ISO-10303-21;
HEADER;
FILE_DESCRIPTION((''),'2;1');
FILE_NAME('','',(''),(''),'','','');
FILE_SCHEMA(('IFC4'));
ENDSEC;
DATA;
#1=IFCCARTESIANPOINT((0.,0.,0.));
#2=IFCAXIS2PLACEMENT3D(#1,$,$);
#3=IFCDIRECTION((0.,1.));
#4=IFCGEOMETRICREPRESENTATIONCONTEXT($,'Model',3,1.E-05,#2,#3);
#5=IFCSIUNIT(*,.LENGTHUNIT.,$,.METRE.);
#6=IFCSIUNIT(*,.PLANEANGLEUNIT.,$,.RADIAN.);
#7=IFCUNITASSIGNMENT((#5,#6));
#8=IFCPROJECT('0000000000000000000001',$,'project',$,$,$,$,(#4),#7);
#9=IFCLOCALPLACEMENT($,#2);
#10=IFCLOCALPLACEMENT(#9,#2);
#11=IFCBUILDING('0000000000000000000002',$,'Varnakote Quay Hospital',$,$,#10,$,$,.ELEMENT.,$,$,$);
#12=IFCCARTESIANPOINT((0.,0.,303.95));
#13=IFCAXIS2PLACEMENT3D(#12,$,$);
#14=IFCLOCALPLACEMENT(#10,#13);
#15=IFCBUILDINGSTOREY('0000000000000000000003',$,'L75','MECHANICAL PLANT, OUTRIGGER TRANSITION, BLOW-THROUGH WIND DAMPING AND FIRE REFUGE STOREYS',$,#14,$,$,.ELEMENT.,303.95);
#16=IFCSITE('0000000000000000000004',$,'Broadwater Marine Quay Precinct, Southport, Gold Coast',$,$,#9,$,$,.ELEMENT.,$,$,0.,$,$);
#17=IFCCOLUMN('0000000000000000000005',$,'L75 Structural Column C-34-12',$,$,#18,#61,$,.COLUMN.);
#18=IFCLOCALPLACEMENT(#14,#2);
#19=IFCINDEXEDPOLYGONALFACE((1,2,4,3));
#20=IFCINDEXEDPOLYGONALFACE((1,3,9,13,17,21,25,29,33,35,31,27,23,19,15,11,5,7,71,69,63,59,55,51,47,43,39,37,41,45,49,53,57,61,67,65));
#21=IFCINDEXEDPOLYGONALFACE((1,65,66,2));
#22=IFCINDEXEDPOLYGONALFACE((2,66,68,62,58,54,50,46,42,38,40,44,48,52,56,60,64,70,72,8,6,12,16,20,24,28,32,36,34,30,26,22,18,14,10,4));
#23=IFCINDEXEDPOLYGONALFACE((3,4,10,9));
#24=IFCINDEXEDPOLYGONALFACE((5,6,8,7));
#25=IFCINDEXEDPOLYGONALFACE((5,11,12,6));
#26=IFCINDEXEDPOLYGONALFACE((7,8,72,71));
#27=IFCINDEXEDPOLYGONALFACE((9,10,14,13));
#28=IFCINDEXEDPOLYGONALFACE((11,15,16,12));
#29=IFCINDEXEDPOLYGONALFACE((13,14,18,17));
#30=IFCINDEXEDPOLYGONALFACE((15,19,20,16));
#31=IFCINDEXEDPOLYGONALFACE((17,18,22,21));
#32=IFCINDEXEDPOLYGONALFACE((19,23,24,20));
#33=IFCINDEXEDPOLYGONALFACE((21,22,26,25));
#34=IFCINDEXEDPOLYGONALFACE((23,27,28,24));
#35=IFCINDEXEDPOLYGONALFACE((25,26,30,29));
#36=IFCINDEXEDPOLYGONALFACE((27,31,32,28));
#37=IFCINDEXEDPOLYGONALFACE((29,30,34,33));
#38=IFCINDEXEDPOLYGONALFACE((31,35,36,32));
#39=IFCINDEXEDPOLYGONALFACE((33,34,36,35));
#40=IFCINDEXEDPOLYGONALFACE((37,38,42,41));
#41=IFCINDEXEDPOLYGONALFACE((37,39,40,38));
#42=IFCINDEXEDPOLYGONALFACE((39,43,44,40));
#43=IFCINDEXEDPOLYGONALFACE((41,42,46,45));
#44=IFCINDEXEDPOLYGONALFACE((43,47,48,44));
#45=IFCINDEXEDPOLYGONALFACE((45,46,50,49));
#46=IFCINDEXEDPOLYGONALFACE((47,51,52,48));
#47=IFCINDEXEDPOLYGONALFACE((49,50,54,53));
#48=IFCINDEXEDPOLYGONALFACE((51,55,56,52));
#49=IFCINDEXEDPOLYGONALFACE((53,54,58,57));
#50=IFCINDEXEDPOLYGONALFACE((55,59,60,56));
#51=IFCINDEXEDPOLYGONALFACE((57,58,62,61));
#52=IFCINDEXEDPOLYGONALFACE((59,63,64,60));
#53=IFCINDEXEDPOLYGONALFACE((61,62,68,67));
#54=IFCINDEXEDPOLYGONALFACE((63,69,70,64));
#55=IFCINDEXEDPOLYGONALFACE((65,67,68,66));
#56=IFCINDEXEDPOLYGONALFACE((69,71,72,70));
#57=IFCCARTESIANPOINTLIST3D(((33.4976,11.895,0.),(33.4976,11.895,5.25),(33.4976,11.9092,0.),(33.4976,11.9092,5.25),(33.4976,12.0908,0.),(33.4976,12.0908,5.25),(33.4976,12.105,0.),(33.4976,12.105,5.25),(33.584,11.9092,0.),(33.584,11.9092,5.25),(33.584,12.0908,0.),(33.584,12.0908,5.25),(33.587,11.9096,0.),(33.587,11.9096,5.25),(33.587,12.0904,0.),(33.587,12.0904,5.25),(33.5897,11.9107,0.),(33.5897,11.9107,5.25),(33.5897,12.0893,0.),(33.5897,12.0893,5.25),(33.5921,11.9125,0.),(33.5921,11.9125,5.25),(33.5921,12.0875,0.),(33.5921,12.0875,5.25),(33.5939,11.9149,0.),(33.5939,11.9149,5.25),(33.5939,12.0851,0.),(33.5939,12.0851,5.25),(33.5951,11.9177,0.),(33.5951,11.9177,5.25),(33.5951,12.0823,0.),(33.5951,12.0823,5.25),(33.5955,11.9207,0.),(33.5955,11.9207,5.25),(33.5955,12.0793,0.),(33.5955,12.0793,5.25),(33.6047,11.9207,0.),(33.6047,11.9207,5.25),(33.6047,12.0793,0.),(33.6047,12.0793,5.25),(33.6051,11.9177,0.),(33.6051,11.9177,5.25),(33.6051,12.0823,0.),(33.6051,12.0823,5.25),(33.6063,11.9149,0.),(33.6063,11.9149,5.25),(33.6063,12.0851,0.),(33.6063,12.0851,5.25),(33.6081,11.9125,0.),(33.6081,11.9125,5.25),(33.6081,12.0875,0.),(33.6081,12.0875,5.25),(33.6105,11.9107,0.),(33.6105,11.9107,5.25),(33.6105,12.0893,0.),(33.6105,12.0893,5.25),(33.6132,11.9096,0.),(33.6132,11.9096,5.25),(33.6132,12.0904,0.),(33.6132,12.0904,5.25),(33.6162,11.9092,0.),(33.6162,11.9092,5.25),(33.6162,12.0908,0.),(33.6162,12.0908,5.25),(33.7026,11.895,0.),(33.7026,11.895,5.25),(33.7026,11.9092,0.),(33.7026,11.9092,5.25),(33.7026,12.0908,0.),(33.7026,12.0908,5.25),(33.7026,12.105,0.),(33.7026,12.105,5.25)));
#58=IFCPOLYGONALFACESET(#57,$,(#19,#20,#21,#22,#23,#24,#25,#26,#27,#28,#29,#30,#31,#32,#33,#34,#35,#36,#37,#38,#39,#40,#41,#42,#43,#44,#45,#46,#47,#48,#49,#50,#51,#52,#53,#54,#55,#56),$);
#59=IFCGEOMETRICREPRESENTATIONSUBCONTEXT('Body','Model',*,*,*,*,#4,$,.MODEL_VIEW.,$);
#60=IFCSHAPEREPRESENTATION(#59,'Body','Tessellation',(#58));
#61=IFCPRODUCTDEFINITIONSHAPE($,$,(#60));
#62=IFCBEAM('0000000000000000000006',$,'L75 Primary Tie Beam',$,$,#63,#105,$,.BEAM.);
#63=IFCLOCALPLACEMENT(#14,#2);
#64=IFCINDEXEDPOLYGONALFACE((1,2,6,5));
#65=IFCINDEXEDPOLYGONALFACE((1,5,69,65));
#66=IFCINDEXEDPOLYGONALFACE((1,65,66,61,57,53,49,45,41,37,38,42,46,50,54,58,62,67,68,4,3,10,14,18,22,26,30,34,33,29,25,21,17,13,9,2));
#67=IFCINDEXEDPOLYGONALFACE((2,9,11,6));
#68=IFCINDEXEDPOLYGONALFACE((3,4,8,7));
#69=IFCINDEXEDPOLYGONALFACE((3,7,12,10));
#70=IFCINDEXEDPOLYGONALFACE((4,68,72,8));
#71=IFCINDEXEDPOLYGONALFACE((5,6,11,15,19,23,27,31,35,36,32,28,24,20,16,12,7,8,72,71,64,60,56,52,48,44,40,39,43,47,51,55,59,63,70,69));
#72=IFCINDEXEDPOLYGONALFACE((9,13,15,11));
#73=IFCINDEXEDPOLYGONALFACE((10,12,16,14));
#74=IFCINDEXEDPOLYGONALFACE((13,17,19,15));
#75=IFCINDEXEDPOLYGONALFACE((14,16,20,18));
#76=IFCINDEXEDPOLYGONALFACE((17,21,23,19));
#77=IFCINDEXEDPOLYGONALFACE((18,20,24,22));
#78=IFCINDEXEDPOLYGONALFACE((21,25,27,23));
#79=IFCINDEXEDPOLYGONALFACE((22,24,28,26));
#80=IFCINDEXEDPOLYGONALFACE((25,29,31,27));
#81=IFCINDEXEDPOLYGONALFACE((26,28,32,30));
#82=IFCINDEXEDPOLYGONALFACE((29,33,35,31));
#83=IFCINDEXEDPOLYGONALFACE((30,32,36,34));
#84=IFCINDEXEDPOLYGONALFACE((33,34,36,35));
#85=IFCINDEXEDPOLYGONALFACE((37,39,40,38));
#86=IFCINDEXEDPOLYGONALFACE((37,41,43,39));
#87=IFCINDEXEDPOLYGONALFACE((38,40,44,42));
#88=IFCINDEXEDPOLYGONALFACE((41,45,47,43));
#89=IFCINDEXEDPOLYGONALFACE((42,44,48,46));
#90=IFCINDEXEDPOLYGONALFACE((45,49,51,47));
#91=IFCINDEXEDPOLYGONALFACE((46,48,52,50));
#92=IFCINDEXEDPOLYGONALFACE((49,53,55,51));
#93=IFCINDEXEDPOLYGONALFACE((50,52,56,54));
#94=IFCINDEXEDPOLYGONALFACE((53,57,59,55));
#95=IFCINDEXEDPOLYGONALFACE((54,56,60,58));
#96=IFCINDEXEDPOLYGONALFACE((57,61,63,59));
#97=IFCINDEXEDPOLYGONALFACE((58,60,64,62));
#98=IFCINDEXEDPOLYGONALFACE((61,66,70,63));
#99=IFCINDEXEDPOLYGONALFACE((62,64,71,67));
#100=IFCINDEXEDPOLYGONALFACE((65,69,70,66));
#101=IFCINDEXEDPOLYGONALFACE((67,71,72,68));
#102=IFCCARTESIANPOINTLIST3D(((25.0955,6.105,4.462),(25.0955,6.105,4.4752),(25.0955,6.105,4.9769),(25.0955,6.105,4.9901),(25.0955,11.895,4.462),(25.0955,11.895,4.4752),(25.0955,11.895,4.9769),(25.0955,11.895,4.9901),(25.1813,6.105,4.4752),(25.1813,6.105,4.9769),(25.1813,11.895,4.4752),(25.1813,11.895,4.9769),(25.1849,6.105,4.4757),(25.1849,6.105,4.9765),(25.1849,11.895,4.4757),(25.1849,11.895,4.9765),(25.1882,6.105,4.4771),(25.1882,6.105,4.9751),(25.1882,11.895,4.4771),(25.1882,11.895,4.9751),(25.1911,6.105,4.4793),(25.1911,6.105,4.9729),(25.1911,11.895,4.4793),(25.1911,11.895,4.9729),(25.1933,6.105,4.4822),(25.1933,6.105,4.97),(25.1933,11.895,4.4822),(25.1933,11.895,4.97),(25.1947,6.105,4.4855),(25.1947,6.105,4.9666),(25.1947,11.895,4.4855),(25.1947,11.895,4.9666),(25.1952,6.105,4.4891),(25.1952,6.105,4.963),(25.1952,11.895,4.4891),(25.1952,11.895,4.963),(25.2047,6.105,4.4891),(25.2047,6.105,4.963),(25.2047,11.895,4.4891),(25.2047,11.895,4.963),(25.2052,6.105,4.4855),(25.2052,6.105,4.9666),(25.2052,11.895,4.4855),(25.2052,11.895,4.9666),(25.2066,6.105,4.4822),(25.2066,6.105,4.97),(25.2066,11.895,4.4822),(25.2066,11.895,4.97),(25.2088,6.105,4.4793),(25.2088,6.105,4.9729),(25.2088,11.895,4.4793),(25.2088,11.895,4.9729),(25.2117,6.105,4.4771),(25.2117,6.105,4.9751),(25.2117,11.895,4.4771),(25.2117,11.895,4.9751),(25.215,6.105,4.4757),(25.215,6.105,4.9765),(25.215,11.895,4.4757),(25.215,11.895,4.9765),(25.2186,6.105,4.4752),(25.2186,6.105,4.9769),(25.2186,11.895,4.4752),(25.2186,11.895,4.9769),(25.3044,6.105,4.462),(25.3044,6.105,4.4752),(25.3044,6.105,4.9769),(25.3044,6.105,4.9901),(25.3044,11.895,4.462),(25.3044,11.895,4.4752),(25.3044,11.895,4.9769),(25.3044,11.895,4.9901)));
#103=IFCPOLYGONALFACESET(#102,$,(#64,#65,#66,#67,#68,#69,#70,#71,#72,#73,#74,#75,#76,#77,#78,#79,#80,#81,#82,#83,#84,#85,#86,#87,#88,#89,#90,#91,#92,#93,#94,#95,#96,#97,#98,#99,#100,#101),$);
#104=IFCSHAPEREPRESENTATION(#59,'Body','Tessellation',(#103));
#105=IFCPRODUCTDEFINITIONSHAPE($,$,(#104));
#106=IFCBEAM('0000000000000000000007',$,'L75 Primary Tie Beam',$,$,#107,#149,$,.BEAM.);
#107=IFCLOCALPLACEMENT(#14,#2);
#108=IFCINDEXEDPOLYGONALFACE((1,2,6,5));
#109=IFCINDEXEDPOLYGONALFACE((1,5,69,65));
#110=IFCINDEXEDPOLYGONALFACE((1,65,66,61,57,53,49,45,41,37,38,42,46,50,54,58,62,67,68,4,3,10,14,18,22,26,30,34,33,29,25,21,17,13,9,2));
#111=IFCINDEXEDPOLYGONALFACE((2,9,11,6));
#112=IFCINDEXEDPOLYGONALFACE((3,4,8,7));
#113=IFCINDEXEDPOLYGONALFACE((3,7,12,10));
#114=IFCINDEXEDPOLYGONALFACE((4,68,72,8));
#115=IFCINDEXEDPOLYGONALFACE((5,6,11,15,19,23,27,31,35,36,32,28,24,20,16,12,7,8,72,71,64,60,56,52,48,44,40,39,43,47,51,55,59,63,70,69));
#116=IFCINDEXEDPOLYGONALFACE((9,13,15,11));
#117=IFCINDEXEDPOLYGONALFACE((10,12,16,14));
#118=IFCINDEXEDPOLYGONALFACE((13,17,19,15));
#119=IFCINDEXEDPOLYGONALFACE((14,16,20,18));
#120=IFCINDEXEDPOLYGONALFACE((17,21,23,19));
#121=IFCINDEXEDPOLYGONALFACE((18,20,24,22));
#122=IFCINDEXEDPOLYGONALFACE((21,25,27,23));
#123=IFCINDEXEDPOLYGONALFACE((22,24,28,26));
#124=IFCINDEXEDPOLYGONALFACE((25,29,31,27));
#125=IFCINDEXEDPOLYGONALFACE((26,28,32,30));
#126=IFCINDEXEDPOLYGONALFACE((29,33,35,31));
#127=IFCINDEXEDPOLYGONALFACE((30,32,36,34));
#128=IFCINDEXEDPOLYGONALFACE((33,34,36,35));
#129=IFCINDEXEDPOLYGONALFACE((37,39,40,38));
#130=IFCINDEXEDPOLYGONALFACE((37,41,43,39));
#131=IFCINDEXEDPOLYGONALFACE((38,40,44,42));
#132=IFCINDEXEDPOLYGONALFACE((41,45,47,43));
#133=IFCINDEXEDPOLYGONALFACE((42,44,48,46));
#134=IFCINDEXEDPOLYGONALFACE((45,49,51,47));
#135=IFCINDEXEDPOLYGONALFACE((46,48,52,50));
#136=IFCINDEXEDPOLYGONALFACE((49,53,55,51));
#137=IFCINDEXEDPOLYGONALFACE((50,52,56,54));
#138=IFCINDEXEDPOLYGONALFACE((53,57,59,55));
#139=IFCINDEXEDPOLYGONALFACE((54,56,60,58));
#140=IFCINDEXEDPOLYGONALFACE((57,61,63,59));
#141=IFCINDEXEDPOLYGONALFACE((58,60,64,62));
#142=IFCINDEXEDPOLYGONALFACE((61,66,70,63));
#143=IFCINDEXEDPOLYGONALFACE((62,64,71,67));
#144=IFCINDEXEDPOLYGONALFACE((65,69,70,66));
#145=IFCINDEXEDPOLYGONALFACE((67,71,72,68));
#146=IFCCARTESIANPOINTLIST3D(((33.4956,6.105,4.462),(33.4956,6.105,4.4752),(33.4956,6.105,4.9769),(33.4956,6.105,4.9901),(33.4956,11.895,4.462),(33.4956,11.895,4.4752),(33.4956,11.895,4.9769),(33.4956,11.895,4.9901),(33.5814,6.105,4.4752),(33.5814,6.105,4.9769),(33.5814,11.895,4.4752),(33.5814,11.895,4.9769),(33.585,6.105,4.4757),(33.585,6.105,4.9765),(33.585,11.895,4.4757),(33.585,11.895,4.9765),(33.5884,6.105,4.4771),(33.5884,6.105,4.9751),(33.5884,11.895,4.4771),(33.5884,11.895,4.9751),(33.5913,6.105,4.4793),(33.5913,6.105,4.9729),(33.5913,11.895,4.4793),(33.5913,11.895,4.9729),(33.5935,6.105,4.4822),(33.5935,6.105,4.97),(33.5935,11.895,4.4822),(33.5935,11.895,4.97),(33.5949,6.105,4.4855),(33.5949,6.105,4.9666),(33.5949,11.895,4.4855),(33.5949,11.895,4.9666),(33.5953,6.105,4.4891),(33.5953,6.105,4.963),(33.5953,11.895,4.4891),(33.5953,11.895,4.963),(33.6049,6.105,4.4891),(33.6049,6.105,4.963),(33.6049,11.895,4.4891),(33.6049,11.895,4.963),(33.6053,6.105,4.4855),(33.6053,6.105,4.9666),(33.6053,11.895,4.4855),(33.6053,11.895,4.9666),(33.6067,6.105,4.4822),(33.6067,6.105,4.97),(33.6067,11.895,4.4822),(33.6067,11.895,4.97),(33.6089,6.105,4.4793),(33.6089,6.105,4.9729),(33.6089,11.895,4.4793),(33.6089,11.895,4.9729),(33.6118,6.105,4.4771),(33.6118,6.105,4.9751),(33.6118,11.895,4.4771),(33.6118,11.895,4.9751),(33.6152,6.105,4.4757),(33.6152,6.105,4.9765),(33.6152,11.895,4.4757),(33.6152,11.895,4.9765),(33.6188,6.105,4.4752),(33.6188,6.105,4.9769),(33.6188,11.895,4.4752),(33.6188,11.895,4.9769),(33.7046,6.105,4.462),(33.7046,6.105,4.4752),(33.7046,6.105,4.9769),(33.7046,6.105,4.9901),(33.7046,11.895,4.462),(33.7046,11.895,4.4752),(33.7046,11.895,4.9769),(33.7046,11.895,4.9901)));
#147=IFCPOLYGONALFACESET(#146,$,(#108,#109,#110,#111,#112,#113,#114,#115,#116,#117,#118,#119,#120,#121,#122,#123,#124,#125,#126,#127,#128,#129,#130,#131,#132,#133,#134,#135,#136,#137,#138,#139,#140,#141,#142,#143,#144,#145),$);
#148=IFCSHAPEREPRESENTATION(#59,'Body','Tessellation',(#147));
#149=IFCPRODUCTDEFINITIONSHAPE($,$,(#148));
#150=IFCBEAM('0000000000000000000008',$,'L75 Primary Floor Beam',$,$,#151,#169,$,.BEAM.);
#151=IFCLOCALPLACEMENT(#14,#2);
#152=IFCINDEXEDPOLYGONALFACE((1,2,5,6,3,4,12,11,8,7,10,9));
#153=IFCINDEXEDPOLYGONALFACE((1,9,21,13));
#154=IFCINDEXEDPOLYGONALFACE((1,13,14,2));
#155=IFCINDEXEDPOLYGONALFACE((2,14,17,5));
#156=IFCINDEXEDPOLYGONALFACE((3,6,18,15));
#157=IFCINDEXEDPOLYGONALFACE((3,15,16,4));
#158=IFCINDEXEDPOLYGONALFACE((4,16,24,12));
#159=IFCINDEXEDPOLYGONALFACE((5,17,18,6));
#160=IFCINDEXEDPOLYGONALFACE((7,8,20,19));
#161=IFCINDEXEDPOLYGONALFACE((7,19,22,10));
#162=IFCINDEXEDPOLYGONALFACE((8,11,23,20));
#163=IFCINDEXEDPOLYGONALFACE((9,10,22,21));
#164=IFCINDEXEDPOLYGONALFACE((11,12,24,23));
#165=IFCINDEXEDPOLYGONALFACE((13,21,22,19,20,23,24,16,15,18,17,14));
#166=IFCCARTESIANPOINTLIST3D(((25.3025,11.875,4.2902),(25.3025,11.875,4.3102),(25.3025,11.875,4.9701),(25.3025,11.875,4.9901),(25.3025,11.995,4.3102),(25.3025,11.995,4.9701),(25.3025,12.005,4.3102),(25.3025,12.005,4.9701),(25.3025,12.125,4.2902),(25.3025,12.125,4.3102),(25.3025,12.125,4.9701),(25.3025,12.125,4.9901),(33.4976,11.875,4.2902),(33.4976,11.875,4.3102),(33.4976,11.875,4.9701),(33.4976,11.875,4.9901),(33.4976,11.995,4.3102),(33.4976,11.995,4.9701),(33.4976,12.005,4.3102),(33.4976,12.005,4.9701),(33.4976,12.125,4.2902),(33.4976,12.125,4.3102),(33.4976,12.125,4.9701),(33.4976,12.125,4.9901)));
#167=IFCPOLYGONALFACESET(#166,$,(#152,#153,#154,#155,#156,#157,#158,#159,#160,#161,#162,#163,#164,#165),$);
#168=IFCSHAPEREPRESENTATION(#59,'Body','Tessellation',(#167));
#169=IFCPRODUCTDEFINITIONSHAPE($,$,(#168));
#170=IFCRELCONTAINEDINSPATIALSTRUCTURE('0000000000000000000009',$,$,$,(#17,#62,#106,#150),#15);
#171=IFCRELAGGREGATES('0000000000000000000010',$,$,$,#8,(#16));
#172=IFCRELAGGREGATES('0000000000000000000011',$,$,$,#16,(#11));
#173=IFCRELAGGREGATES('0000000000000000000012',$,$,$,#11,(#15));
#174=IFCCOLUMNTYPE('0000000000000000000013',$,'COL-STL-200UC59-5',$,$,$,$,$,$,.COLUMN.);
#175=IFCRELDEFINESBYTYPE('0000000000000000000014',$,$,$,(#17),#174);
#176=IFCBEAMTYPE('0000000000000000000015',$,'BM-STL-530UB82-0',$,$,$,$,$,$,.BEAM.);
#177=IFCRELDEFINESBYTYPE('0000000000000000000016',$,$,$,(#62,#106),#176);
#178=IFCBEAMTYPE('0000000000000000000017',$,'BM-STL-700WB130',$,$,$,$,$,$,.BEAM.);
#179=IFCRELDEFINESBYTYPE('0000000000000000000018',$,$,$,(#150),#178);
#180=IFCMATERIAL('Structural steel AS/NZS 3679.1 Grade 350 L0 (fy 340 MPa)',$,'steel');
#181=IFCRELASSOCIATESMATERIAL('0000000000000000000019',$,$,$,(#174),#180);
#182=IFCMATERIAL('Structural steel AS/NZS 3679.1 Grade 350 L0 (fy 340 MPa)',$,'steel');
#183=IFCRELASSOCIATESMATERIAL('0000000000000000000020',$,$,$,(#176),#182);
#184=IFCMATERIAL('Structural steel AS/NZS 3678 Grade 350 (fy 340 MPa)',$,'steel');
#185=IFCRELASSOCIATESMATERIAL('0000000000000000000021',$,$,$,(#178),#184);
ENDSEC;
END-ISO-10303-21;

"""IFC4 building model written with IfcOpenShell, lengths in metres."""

from ifc_helpers import new_model, si_unit, direction, frame, origin, origin_2d, place, context, subcontext, project, spatial, i_section, extrude, material, material_profile, profile_set, type_object, element, save


model = new_model("IFC4")

# Units and contexts
model_context = context("Model", 3, precision=1e-05, world=origin(), true_north=direction((0.0, 1.0)))
body_context = subcontext(model_context, "Body", "Model", "MODEL_VIEW")
ifc_project = project(units=[si_unit("LENGTHUNIT", "METRE"), si_unit("PLANEANGLEUNIT", "RADIAN")], contexts=[model_context])

# Site, building, storey
site_placement = place(None, origin())
site = spatial("IfcSite", under=ifc_project, at=site_placement, Name="Broadwater Marine Quay Precinct, Southport, Gold Coast", CompositionType="ELEMENT", RefElevation=0.0)
building_placement = place(site_placement, origin())
building = spatial("IfcBuilding", under=site, at=building_placement, Name="Varnakote Quay Hospital", CompositionType="ELEMENT")
storey_placement = place(building_placement, frame((0.0, 0.0, 303.95)))
storey = spatial("IfcBuildingStorey", under=building, at=storey_placement, Name="L75", Description="MECHANICAL PLANT, OUTRIGGER TRANSITION, BLOW-THROUGH WIND DAMPING AND FIRE REFUGE STOREYS", CompositionType="ELEMENT", Elevation=303.95)

# Column
ifc_material_1 = material(Name="Structural steel AS/NZS 3679.1 Grade 350 L0 (fy 340 MPa)", Category="steel")
ifc_material_profile_1 = material_profile(ifc_material_1, i_section(OverallWidth=0.2051, OverallDepth=0.21, WebThickness=0.0093, FlangeThickness=0.0142, FilletRadius=0.0115, at=origin_2d()), Name="200UC59.5")
ifc_profile_set_1 = profile_set([ifc_material_profile_1], Name="Structural steel AS/NZS 3679.1 Grade 350 L0 (fy 340 MPa)")
column_type_1 = type_object("IfcColumnType", Name="COL-STL-200UC59-5", PredefinedType="COLUMN", material=ifc_profile_set_1)
for number, where, z_axis, x_axis, name in (
    (1, (33.6001, 12.0, 0.0), (0.0, 0.0, 1.0), (1.0, 0.0, 0.0), "L75 Structural Column C-34-12"),
):
    element("IfcColumn", number, at=place(storey_placement, frame(where, z_axis=z_axis, x_axis=x_axis)), inside=storey, type_object=column_type_1, Name=name, PredefinedType="COLUMN", context=body_context, shape_type="SweptSolid", body=[
        extrude(i_section(OverallWidth=0.2051, OverallDepth=0.21, WebThickness=0.0093, FlangeThickness=0.0142, FilletRadius=0.0115, at=origin_2d()), origin(), (0.0, 0.0, 1.0), 5.25),
    ])

# Beams
ifc_material_2 = material(Name="Structural steel AS/NZS 3679.1 Grade 350 L0 (fy 340 MPa)", Category="steel")
ifc_material_profile_2 = material_profile(ifc_material_2, i_section(OverallWidth=0.209, OverallDepth=0.5281, WebThickness=0.0095, FlangeThickness=0.0132, FilletRadius=0.0139, at=origin_2d()), Name="530UB82.0")
ifc_profile_set_2 = profile_set([ifc_material_profile_2], Name="Structural steel AS/NZS 3679.1 Grade 350 L0 (fy 340 MPa)")
beam_type_1 = type_object("IfcBeamType", Name="BM-STL-530UB82-0", PredefinedType="BEAM", material=ifc_profile_set_2)
for number, where, z_axis, x_axis, name in (
    (2, (25.2, 6.105, 4.7261), (0.0, 1.0, 0.0), (-1.0, 0.0, 0.0), "L75 Primary Tie Beam"),
    (3, (33.6001, 6.105, 4.7261), (0.0, 1.0, 0.0), (-1.0, 0.0, 0.0), "L75 Primary Tie Beam"),
):
    element("IfcBeam", number, at=place(storey_placement, frame(where, z_axis=z_axis, x_axis=x_axis)), inside=storey, type_object=beam_type_1, Name=name, PredefinedType="BEAM", context=body_context, shape_type="SweptSolid", body=[
        extrude(i_section(OverallWidth=0.209, OverallDepth=0.5281, WebThickness=0.0095, FlangeThickness=0.0132, FilletRadius=0.0139, at=origin_2d()), origin(), (0.0, 0.0, 1.0), 5.79),
    ])
ifc_material_3 = material(Name="Structural steel AS/NZS 3678 Grade 350 (fy 340 MPa)", Category="steel")
ifc_material_profile_3 = material_profile(ifc_material_3, i_section(OverallWidth=0.25, OverallDepth=0.7, WebThickness=0.01, FlangeThickness=0.02, at=origin_2d()), Name="700WB130")
ifc_profile_set_3 = profile_set([ifc_material_profile_3], Name="Structural steel AS/NZS 3678 Grade 350 (fy 340 MPa)")
beam_type_2 = type_object("IfcBeamType", Name="BM-STL-700WB130", PredefinedType="BEAM", material=ifc_profile_set_3)
beam_1_placement = place(storey_placement, frame((25.3025, 12.0, 4.6401), z_axis=(1.0, 0.0, 0.0), x_axis=(0.0, 1.0, 0.0)))
element("IfcBeam", 4, at=beam_1_placement, inside=storey, type_object=beam_type_2, Name="L75 Primary Floor Beam", PredefinedType="BEAM", context=body_context, shape_type="SweptSolid", body=[
    extrude(i_section(OverallWidth=0.25, OverallDepth=0.7, WebThickness=0.01, FlangeThickness=0.02, at=origin_2d()), origin(), (0.0, 0.0, 1.0), 8.1951),
])

save(model, "model.ifc")
